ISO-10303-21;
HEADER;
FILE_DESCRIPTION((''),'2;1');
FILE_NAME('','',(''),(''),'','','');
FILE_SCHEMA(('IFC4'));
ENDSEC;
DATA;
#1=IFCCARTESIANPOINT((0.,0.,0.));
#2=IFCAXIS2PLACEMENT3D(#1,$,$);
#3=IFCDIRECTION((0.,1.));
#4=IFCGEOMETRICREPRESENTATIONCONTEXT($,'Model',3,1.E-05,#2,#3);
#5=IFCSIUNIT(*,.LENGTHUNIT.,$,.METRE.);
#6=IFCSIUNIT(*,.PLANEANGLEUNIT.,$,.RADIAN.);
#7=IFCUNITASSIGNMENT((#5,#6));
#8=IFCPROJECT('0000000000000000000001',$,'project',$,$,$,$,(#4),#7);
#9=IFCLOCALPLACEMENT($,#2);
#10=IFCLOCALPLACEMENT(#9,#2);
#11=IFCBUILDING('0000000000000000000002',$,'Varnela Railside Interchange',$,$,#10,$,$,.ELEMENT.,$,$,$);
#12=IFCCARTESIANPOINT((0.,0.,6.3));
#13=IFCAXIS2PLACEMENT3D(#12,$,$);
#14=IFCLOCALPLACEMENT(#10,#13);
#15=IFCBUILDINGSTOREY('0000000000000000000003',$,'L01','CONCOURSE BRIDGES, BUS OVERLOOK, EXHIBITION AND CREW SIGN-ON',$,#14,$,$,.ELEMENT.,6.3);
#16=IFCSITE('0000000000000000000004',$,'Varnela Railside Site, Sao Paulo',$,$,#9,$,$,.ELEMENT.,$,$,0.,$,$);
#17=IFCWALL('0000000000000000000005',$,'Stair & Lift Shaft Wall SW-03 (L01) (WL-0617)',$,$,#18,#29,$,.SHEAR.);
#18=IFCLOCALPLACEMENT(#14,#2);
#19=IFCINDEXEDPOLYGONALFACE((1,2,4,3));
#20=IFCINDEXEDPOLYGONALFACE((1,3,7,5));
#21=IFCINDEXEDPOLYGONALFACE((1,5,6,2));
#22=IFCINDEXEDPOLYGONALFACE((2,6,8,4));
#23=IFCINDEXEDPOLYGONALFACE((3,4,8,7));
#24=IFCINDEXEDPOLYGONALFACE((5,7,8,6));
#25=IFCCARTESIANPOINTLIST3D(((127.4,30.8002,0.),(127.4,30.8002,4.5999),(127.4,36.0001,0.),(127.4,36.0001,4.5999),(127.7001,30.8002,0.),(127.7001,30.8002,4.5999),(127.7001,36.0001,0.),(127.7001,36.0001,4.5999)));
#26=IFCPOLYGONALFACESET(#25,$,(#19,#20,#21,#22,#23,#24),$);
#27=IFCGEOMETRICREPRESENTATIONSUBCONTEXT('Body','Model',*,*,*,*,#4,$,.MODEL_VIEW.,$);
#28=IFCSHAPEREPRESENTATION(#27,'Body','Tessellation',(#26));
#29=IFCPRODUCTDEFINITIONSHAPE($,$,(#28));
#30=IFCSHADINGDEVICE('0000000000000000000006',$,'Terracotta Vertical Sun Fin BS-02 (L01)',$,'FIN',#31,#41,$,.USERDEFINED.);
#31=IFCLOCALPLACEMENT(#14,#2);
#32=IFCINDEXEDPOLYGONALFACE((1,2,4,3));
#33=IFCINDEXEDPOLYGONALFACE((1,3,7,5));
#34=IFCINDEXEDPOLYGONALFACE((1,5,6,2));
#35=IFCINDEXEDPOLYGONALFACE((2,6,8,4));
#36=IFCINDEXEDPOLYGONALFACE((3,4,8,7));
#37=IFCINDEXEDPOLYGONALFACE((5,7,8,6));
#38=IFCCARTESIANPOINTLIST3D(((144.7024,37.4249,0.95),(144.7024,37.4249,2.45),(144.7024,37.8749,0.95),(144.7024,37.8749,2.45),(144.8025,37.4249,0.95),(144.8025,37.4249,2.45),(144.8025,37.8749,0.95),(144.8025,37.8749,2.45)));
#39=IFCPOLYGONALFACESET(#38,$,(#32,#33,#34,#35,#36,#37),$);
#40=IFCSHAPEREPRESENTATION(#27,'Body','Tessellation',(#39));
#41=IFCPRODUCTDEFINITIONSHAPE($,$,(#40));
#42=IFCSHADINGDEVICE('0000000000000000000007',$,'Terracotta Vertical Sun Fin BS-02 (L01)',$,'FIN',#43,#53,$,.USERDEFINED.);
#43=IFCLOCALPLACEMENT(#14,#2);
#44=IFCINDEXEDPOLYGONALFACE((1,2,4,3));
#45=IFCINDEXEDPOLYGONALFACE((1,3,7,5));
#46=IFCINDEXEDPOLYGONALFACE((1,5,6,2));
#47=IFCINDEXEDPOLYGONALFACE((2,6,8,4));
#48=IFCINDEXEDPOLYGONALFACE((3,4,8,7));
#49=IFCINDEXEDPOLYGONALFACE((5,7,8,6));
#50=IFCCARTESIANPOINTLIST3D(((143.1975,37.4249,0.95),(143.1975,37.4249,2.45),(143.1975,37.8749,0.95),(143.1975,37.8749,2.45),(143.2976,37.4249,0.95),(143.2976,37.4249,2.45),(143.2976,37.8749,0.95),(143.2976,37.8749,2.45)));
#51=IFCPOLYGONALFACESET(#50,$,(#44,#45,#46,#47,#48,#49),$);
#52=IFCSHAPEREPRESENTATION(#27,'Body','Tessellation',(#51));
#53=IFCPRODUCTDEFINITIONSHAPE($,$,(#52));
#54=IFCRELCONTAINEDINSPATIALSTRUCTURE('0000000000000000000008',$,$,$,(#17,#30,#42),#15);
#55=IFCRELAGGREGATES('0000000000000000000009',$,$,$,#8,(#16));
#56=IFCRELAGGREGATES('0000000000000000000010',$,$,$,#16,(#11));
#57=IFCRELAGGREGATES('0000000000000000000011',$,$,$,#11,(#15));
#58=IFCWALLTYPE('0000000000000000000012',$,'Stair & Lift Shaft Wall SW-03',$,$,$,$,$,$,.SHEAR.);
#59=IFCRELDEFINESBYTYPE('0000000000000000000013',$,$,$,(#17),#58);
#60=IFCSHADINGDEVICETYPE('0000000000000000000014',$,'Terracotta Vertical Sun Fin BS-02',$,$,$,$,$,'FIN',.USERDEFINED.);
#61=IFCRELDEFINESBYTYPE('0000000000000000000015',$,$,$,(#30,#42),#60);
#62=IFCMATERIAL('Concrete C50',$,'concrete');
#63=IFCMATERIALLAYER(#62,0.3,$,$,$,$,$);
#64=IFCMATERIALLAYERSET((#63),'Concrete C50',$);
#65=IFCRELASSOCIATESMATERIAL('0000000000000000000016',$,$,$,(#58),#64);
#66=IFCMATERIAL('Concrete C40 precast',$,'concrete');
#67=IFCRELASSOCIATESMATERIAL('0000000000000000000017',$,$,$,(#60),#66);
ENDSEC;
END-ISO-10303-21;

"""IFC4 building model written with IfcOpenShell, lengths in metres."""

from ifc_helpers import new_model, si_unit, direction, frame, frame_2d, origin, origin_2d, place, context, subcontext, project, spatial, rectangle, extrude, material, layer, layer_set, type_object, element, save


model = new_model("IFC4")

# Units and contexts
model_context = context("Model", 3, precision=1e-05, world=origin(), true_north=direction((0.0, 1.0)))
body_context = subcontext(model_context, "Body", "Model", "MODEL_VIEW")
ifc_project = project(units=[si_unit("LENGTHUNIT", "METRE"), si_unit("PLANEANGLEUNIT", "RADIAN")], contexts=[model_context])

# Site, building, storey
site_placement = place(None, origin())
site = spatial("IfcSite", under=ifc_project, at=site_placement, Name="Varnela Railside Site, Sao Paulo", CompositionType="ELEMENT", RefElevation=0.0)
building_placement = place(site_placement, origin())
building = spatial("IfcBuilding", under=site, at=building_placement, Name="Varnela Railside Interchange", CompositionType="ELEMENT")
storey_placement = place(building_placement, frame((0.0, 0.0, 6.3)))
storey = spatial("IfcBuildingStorey", under=building, at=storey_placement, Name="L01", Description="CONCOURSE BRIDGES, BUS OVERLOOK, EXHIBITION AND CREW SIGN-ON", CompositionType="ELEMENT", Elevation=6.3)

# Shared definitions
ifc_material_1 = material(Name="Concrete C50", Category="concrete")

# Shared definitions
ifc_material_2 = material(Name="Concrete C40 precast", Category="concrete")

# Wall
ifc_layer_1 = layer(ifc_material_1, 0.3)
ifc_layer_set_1 = layer_set([ifc_layer_1], Name="Concrete C50")
wall_type_1 = type_object("IfcWallType", Name="Stair & Lift Shaft Wall SW-03", PredefinedType="SHEAR", material=ifc_layer_set_1)
wall_1_placement = place(storey_placement, frame((127.55, 30.8, 0.0), z_axis=(0.0, 0.0, 1.0), x_axis=(0.0, 1.0, 0.0)))
element("IfcWall", 1, at=wall_1_placement, inside=storey, type_object=wall_type_1, Name="Stair & Lift Shaft Wall SW-03 (L01) (WL-0617)", PredefinedType="SHEAR", context=body_context, shape_type="SweptSolid", body=[
    extrude(rectangle(XDim=5.2, YDim=0.3, at=frame_2d((2.6001, 0.0))), origin(), (0.0, 0.0, 1.0), 4.5999),
])

# Shading devices
shading_device_type = type_object("IfcShadingDeviceType", Name="Terracotta Vertical Sun Fin BS-02", ElementType="FIN", PredefinedType="USERDEFINED", material=ifc_material_2)
for number, where, z_axis, x_axis, name in (
    (2, (144.7524, 37.6499, 0.95), (0.0, 0.0, 1.0), (0.0, -1.0, 0.0), "Terracotta Vertical Sun Fin BS-02 (L01)"),
    (3, (143.2476, 37.6499, 0.95), (0.0, 0.0, 1.0), (0.0, -1.0, 0.0), "Terracotta Vertical Sun Fin BS-02 (L01)"),
):
    element("IfcShadingDevice", number, at=place(storey_placement, frame(where, z_axis=z_axis, x_axis=x_axis)), inside=storey, type_object=shading_device_type, Name=name, ObjectType="FIN", PredefinedType="USERDEFINED", context=body_context, shape_type="SweptSolid", body=[
        extrude(rectangle(XDim=0.45, YDim=0.1001, at=origin_2d()), origin(), (0.0, 0.0, 1.0), 1.5),
    ])

save(model, "model.ifc")
